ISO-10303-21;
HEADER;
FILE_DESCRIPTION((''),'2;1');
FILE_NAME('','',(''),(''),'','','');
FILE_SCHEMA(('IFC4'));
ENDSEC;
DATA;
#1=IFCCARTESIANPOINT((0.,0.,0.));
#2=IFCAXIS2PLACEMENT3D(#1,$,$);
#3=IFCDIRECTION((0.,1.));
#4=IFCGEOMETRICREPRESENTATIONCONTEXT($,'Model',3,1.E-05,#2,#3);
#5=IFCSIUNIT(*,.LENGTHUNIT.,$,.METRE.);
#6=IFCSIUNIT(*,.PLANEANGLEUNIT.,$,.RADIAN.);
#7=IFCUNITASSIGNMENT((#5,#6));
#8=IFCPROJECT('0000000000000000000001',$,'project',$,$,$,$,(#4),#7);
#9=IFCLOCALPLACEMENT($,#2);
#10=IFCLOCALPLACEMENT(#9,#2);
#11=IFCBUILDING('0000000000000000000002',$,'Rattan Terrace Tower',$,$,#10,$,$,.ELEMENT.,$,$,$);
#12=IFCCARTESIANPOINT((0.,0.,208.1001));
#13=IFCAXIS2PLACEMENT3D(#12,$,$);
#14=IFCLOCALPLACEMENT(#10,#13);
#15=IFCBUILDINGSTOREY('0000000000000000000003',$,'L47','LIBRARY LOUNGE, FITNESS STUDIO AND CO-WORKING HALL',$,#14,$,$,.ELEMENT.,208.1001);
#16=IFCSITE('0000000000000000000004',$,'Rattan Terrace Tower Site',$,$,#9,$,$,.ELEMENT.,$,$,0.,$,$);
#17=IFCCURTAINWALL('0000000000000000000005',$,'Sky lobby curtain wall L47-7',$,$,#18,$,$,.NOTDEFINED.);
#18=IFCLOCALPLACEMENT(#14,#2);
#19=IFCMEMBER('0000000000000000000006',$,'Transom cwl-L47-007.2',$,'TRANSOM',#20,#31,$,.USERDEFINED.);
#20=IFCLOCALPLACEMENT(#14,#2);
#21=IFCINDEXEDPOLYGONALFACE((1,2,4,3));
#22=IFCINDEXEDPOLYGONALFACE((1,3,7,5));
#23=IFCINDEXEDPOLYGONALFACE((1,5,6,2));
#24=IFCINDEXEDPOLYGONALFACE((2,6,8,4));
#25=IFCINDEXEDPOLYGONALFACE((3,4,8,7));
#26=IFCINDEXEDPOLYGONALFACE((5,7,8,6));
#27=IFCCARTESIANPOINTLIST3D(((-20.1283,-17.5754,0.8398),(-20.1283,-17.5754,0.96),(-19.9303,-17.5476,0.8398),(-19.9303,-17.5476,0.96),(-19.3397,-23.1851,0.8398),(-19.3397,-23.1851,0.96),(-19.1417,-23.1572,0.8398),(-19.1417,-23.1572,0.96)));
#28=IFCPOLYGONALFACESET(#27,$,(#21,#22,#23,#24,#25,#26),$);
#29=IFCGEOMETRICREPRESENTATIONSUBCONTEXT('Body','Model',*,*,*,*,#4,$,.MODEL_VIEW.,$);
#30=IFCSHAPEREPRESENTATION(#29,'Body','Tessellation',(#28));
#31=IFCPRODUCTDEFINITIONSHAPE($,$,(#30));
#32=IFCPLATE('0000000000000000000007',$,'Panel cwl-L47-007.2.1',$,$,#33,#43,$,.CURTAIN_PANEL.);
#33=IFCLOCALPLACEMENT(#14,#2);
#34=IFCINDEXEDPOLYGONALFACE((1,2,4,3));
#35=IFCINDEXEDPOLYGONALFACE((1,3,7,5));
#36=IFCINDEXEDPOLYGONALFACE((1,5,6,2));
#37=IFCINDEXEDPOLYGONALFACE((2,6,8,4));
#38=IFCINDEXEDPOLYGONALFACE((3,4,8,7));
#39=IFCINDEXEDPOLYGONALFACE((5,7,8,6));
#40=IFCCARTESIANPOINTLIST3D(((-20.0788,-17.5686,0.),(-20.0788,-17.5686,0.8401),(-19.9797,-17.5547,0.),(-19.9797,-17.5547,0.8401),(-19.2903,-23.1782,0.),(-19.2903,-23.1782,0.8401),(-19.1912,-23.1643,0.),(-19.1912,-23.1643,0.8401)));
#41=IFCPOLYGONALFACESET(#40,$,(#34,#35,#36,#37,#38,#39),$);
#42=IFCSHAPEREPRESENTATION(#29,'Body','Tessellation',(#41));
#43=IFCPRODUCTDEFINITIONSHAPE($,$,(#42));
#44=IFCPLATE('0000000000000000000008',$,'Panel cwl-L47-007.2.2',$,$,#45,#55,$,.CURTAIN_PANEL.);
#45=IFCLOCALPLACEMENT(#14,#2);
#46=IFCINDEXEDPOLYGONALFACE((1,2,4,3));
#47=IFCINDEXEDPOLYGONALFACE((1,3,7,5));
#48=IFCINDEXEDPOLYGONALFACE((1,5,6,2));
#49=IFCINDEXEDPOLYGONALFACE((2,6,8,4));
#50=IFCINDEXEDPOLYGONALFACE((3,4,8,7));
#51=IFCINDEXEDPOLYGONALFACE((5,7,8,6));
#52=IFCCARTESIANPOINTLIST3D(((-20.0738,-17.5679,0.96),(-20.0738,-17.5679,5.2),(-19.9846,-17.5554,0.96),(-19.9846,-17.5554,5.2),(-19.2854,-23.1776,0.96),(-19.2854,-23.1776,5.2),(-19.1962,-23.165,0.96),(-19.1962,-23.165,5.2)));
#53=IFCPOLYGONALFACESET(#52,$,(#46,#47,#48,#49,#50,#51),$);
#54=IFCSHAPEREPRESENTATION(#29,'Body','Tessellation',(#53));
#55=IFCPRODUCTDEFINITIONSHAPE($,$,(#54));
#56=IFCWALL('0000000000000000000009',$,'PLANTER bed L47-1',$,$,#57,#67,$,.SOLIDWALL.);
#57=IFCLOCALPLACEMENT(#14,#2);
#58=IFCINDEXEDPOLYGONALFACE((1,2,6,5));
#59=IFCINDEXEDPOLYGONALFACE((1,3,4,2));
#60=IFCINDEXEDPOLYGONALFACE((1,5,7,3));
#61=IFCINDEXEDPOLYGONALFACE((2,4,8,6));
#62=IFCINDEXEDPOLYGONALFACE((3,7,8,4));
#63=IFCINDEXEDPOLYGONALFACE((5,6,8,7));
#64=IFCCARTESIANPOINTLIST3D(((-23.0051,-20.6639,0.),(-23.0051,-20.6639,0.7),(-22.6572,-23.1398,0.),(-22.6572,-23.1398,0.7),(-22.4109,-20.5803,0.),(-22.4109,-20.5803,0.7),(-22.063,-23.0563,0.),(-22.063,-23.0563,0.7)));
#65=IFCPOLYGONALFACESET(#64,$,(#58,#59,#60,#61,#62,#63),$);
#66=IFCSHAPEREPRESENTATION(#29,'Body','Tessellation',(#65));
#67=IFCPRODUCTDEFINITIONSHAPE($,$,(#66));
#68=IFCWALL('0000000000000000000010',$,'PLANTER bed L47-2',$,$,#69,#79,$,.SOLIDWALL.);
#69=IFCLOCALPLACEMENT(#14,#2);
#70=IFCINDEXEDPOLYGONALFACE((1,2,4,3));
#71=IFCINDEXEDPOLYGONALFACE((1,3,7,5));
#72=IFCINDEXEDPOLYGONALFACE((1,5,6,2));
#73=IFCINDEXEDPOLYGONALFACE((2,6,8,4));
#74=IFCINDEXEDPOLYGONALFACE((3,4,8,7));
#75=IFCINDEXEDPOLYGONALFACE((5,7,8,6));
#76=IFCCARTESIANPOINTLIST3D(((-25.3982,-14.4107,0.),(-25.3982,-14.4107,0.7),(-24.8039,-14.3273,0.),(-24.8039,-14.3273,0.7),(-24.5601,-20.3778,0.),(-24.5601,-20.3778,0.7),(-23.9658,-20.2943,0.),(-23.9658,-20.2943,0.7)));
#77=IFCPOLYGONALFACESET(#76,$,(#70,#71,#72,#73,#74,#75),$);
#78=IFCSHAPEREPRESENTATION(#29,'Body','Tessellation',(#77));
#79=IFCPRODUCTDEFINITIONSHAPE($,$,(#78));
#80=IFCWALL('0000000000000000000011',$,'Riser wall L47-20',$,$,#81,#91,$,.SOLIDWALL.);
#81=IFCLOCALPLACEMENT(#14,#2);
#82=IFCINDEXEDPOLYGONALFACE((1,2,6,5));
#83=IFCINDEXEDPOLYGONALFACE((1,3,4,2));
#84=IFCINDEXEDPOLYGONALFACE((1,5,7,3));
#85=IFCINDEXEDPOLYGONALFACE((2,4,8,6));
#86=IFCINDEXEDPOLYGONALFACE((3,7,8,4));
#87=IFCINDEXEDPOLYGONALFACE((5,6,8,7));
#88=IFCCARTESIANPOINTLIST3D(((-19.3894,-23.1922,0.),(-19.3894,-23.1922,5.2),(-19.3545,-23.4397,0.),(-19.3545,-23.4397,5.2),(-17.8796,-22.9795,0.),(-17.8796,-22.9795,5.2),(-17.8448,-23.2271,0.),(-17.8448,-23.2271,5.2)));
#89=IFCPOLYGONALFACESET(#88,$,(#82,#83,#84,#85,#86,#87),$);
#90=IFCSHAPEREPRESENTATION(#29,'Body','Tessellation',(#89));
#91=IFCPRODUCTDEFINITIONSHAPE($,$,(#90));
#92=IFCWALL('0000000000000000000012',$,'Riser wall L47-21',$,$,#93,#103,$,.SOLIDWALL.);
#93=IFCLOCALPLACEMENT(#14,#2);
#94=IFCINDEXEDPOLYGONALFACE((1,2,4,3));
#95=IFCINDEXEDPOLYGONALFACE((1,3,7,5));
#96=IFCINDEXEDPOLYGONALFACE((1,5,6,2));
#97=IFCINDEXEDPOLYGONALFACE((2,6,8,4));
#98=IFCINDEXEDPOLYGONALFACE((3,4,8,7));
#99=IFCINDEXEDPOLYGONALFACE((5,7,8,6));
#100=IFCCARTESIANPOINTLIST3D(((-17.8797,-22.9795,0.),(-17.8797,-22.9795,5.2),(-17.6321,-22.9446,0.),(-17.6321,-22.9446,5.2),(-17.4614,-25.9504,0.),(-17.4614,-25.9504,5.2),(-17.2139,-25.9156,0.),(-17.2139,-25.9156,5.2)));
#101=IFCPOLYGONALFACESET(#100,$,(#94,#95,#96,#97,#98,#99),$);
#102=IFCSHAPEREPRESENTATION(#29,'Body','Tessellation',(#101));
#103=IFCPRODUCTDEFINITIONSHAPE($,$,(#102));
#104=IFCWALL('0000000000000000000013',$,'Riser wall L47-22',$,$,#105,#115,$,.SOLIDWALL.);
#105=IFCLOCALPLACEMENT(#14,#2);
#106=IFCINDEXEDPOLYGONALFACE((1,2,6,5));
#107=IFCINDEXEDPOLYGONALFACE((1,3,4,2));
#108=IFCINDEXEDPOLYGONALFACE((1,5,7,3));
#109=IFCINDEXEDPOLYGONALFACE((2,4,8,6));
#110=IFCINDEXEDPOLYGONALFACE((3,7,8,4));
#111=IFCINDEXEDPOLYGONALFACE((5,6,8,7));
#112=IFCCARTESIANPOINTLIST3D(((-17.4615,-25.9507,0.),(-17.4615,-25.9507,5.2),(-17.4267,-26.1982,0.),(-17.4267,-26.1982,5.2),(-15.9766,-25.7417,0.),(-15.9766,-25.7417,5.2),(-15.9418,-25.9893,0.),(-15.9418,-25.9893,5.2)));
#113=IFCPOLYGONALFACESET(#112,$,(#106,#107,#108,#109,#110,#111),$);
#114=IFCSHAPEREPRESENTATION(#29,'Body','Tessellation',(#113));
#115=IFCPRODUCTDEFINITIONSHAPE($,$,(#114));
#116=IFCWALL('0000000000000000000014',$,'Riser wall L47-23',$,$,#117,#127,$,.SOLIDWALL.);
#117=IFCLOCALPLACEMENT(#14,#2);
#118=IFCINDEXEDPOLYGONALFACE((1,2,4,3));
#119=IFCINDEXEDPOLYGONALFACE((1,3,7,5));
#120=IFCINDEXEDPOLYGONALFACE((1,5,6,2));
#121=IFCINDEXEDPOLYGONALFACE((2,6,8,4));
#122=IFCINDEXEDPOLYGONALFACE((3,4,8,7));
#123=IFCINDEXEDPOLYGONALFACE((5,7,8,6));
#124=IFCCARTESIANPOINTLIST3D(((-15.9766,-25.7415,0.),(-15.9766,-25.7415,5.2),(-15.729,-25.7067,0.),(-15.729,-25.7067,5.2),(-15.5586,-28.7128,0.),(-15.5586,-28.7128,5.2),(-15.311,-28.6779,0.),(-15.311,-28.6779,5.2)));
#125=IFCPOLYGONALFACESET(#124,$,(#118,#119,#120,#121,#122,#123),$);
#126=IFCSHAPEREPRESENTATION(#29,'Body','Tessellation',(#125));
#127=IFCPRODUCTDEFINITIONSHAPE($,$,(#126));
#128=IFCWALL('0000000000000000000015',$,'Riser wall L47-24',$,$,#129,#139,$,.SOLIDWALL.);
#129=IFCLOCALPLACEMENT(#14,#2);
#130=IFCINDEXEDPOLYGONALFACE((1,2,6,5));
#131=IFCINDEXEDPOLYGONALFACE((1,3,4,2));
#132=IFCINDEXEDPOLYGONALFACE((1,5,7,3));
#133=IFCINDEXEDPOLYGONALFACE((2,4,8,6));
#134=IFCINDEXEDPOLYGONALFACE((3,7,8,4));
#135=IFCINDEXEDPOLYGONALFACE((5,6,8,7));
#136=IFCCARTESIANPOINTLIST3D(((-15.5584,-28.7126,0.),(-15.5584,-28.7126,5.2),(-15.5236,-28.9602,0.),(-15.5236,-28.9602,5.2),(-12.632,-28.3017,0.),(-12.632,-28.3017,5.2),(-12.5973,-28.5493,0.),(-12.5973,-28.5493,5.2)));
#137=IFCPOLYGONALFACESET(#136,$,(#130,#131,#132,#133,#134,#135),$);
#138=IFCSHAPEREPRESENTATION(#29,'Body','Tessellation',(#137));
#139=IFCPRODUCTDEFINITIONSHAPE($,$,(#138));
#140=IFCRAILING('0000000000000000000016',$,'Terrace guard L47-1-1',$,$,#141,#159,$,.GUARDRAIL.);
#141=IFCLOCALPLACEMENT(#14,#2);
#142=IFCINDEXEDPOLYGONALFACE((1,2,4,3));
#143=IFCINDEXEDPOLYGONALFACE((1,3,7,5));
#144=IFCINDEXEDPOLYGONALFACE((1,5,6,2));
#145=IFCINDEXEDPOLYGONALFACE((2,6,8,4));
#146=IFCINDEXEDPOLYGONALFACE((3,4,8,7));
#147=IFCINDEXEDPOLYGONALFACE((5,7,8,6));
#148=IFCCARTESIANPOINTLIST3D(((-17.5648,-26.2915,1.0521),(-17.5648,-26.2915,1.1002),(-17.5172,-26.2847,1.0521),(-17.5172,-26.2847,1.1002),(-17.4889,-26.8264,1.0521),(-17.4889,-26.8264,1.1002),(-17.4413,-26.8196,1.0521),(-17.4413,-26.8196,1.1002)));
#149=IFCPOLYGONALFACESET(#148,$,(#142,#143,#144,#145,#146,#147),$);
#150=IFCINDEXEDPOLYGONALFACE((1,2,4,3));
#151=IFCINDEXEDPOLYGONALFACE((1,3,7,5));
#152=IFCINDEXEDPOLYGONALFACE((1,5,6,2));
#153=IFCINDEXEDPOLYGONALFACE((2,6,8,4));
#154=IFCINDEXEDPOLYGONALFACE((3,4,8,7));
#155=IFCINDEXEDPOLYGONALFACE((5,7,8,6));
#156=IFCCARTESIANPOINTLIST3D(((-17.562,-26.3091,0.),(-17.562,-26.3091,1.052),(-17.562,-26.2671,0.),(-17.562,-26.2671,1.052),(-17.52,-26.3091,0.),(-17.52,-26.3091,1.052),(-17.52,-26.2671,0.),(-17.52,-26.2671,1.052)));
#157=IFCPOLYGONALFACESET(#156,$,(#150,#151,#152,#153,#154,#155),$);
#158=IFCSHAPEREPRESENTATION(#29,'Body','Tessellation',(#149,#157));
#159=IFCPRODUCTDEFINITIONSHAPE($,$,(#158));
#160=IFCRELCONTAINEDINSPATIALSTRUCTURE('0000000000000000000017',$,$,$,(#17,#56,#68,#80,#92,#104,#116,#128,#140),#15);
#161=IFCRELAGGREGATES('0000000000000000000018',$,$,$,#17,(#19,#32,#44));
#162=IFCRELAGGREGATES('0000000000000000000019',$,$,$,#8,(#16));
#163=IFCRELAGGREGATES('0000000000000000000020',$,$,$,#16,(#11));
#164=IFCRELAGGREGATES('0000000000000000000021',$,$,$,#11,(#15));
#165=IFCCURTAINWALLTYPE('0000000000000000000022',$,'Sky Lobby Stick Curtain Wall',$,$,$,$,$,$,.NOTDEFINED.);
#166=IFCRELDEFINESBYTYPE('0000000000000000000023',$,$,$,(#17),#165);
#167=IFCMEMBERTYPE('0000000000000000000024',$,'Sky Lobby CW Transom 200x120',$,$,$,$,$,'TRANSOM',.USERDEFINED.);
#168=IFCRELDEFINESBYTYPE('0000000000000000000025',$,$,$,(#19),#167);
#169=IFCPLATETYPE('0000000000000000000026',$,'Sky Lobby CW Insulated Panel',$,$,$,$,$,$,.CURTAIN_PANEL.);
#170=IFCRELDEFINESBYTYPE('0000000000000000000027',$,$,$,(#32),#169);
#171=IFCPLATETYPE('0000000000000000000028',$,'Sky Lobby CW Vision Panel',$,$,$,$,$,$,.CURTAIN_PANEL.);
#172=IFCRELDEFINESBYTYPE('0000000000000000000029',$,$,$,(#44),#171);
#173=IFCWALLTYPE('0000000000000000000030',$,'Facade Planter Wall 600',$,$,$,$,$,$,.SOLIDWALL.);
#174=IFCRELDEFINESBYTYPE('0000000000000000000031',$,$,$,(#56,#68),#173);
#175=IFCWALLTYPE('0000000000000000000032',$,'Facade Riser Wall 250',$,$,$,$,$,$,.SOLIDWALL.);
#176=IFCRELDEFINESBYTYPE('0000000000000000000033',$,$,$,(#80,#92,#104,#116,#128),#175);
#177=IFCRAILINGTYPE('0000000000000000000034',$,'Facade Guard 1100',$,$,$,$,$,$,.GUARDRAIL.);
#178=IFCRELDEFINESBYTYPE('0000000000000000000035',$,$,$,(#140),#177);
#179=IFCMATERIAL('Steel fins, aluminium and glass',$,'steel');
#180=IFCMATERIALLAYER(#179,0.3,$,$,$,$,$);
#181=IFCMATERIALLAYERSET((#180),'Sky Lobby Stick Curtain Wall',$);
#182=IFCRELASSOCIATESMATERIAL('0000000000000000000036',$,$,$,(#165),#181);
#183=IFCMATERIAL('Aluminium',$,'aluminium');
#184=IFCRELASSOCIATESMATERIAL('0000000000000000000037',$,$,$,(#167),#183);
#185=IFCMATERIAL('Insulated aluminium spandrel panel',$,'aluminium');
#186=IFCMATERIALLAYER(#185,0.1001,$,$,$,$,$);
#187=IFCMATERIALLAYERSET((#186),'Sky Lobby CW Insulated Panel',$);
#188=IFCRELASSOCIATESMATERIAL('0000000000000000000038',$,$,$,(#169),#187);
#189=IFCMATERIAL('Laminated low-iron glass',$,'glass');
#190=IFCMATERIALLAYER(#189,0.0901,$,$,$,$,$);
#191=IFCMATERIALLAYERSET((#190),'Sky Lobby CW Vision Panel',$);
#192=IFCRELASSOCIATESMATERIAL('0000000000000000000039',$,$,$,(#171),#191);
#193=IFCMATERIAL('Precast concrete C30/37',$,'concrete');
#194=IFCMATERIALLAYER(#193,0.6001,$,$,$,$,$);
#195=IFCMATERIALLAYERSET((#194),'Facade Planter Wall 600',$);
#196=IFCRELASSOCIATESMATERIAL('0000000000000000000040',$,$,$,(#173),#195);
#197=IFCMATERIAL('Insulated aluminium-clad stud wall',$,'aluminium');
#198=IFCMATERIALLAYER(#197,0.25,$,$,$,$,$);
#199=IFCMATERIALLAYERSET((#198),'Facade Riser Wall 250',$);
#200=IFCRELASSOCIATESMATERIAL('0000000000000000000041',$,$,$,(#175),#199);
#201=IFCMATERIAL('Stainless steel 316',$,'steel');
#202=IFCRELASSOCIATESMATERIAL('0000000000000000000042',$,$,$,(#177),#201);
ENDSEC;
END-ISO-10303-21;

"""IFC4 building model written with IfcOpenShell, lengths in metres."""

from ifc_helpers import new_model, si_unit, direction, frame, frame_2d, origin, origin_2d, place, context, subcontext, project, spatial, rectangle, extrude, material, layer, layer_set, material_profile, profile_set, type_object, element, aggregate, save


model = new_model("IFC4")

# Units and contexts
model_context = context("Model", 3, precision=1e-05, world=origin(), true_north=direction((0.0, 1.0)))
body_context = subcontext(model_context, "Body", "Model", "MODEL_VIEW")
ifc_project = project(units=[si_unit("LENGTHUNIT", "METRE"), si_unit("PLANEANGLEUNIT", "RADIAN")], contexts=[model_context])

# Site, building, storey
site_placement = place(None, origin())
site = spatial("IfcSite", under=ifc_project, at=site_placement, Name="Rattan Terrace Tower Site", CompositionType="ELEMENT", RefElevation=0.0)
building_placement = place(site_placement, origin())
building = spatial("IfcBuilding", under=site, at=building_placement, Name="Rattan Terrace Tower", CompositionType="ELEMENT")
storey_placement = place(building_placement, frame((0.0, 0.0, 208.1001)))
storey = spatial("IfcBuildingStorey", under=building, at=storey_placement, Name="L47", Description="LIBRARY LOUNGE, FITNESS STUDIO AND CO-WORKING HALL", CompositionType="ELEMENT", Elevation=208.1001)

# Curtain wall, member, plates
ifc_material_1 = material(Name="Steel fins, aluminium and glass", Category="steel")
ifc_layer_1 = layer(ifc_material_1, 0.3)
ifc_layer_set_1 = layer_set([ifc_layer_1], Name="Sky Lobby Stick Curtain Wall")
curtain_wall_type = type_object("IfcCurtainWallType", Name="Sky Lobby Stick Curtain Wall", PredefinedType="NOTDEFINED", material=ifc_layer_set_1)
curtain_wall_placement = place(storey_placement, origin())
curtain_wall = element("IfcCurtainWall", 1, at=curtain_wall_placement, inside=storey, type_object=curtain_wall_type, Name="Sky lobby curtain wall L47-7", PredefinedType="NOTDEFINED")
ifc_material_2 = material(Name="Aluminium", Category="aluminium")
ifc_material_profile = material_profile(ifc_material_2, rectangle(XDim=0.2, YDim=0.1201, at=origin_2d()), Name="Aluminium 200x120")
ifc_profile_set = profile_set([ifc_material_profile], Name="Aluminium")
member_type = type_object("IfcMemberType", Name="Sky Lobby CW Transom 200x120", ElementType="TRANSOM", PredefinedType="USERDEFINED", material=ifc_profile_set)
member_placement = place(storey_placement, frame((-20.0293, -17.5615, 0.8999), z_axis=(0.139207, -0.990263, 0.0), x_axis=(0.990263, 0.139207, 0.0)))
member = element("IfcMember", 2, at=member_placement, type_object=member_type, Name="Transom cwl-L47-007.2", ObjectType="TRANSOM", PredefinedType="USERDEFINED", context=body_context, shape_type="SweptSolid", body=[
    extrude(rectangle(XDim=0.2, YDim=0.1201, at=origin_2d()), origin(), (0.0, 0.0, 1.0), 5.6648),
])
ifc_material_3 = material(Name="Insulated aluminium spandrel panel", Category="aluminium")
ifc_layer_2 = layer(ifc_material_3, 0.1001)
ifc_layer_set_2 = layer_set([ifc_layer_2], Name="Sky Lobby CW Insulated Panel")
plate_type_1 = type_object("IfcPlateType", Name="Sky Lobby CW Insulated Panel", PredefinedType="CURTAIN_PANEL", material=ifc_layer_set_2)
plate_1_placement = place(storey_placement, frame((-19.635, -20.3665, 0.0), z_axis=(0.0, 0.0, 1.0), x_axis=(0.139186, -0.990266, 0.0)))
plate_1 = element("IfcPlate", 3, at=plate_1_placement, type_object=plate_type_1, Name="Panel cwl-L47-007.2.1", PredefinedType="CURTAIN_PANEL", context=body_context, shape_type="SweptSolid", body=[
    extrude(rectangle(XDim=5.6648, YDim=0.1001, at=origin_2d()), origin(), (0.0, 0.0, 1.0), 0.8401),
])
ifc_material_4 = material(Name="Laminated low-iron glass", Category="glass")
ifc_layer_3 = layer(ifc_material_4, 0.0901)
ifc_layer_set_3 = layer_set([ifc_layer_3], Name="Sky Lobby CW Vision Panel")
plate_type_2 = type_object("IfcPlateType", Name="Sky Lobby CW Vision Panel", PredefinedType="CURTAIN_PANEL", material=ifc_layer_set_3)
plate_2_placement = place(storey_placement, frame((-19.635, -20.3665, 0.96), z_axis=(0.0, 0.0, 1.0), x_axis=(0.139186, -0.990266, 0.0)))
plate_2 = element("IfcPlate", 4, at=plate_2_placement, type_object=plate_type_2, Name="Panel cwl-L47-007.2.2", PredefinedType="CURTAIN_PANEL", context=body_context, shape_type="SweptSolid", body=[
    extrude(rectangle(XDim=5.6648, YDim=0.0901, at=origin_2d()), origin(), (0.0, 0.0, 1.0), 4.24),
])
aggregate(curtain_wall, [member, plate_1, plate_2])

# Walls
ifc_material_5 = material(Name="Precast concrete C30/37", Category="concrete")
ifc_layer_4 = layer(ifc_material_5, 0.6001)
ifc_layer_set_4 = layer_set([ifc_layer_4], Name="Facade Planter Wall 600")
wall_type_1 = type_object("IfcWallType", Name="Facade Planter Wall 600", PredefinedType="SOLIDWALL", material=ifc_layer_set_4)
wall_1_placement = place(storey_placement, frame((-22.3601, -23.0979, 0.0), z_axis=(0.0, 0.0, 1.0), x_axis=(-0.139152, 0.990271, 0.0)))
element("IfcWall", 5, at=wall_1_placement, inside=storey, type_object=wall_type_1, Name="PLANTER bed L47-1", PredefinedType="SOLIDWALL", context=body_context, shape_type="SweptSolid", body=[
    extrude(rectangle(XDim=2.5002, YDim=0.6001, at=frame_2d((1.25, 0.0))), origin(), (0.0, 0.0, 1.0), 0.7),
])
wall_2_placement = place(storey_placement, frame((-24.2629, -20.3359, 0.0), z_axis=(0.0, 0.0, 1.0), x_axis=(-0.139095, 0.990279, 0.0)))
element("IfcWall", 6, at=wall_2_placement, inside=storey, type_object=wall_type_1, Name="PLANTER bed L47-2", PredefinedType="SOLIDWALL", context=body_context, shape_type="SweptSolid", body=[
    extrude(rectangle(XDim=6.0256, YDim=0.6001, at=frame_2d((3.0127, 0.0))), origin(), (0.0, 0.0, 1.0), 0.7),
])
ifc_material_6 = material(Name="Insulated aluminium-clad stud wall", Category="aluminium")
ifc_layer_5 = layer(ifc_material_6, 0.25)
ifc_layer_set_5 = layer_set([ifc_layer_5], Name="Facade Riser Wall 250")
wall_type_2 = type_object("IfcWallType", Name="Facade Riser Wall 250", PredefinedType="SOLIDWALL", material=ifc_layer_set_5)
wall_3_placement = place(storey_placement, frame((-19.3718, -23.3159, 0.0), z_axis=(0.0, 0.0, 1.0), x_axis=(0.990226, 0.139471, 0.0)))
element("IfcWall", 7, at=wall_3_placement, inside=storey, type_object=wall_type_2, Name="Riser wall L47-20", PredefinedType="SOLIDWALL", context=body_context, shape_type="SweptSolid", body=[
    extrude(rectangle(XDim=1.5247, YDim=0.25, at=frame_2d((0.7622, 0.0))), origin(), (0.0, 0.0, 1.0), 5.2),
])
wall_4_placement = place(storey_placement, frame((-17.7559, -22.9622, 0.0), z_axis=(0.0, 0.0, 1.0), x_axis=(0.139393, -0.990237, 0.0)))
element("IfcWall", 8, at=wall_4_placement, inside=storey, type_object=wall_type_2, Name="Riser wall L47-21", PredefinedType="SOLIDWALL", context=body_context, shape_type="SweptSolid", body=[
    extrude(rectangle(XDim=3.0002, YDim=0.25, at=frame_2d((1.5, 0.0))), origin(), (0.0, 0.0, 1.0), 5.2),
])
wall_5_placement = place(storey_placement, frame((-17.4441, -26.0745, 0.0), z_axis=(0.0, 0.0, 1.0), x_axis=(0.99024, 0.13937, 0.0)))
element("IfcWall", 9, at=wall_5_placement, inside=storey, type_object=wall_type_2, Name="Riser wall L47-22", PredefinedType="SOLIDWALL", context=body_context, shape_type="SweptSolid", body=[
    extrude(rectangle(XDim=1.4995, YDim=0.25, at=frame_2d((0.7498, 0.0))), origin(), (0.0, 0.0, 1.0), 5.2),
])
wall_6_placement = place(storey_placement, frame((-15.8528, -25.7241, 0.0), z_axis=(0.0, 0.0, 1.0), x_axis=(0.139302, -0.99025, 0.0)))
element("IfcWall", 10, at=wall_6_placement, inside=storey, type_object=wall_type_2, Name="Riser wall L47-23", PredefinedType="SOLIDWALL", context=body_context, shape_type="SweptSolid", body=[
    extrude(rectangle(XDim=3.0005, YDim=0.25, at=frame_2d((1.5002, 0.0))), origin(), (0.0, 0.0, 1.0), 5.2),
])
wall_7_placement = place(storey_placement, frame((-15.541, -28.8364, 0.0), z_axis=(0.0, 0.0, 1.0), x_axis=(0.990285, 0.13905, 0.0)))
element("IfcWall", 11, at=wall_7_placement, inside=storey, type_object=wall_type_2, Name="Riser wall L47-24", PredefinedType="SOLIDWALL", context=body_context, shape_type="SweptSolid", body=[
    extrude(rectangle(XDim=2.9551, YDim=0.25, at=frame_2d((1.4775, 0.0))), origin(), (0.0, 0.0, 1.0), 5.2),
])

# Railing
ifc_material_7 = material(Name="Stainless steel 316", Category="steel")
railing_type = type_object("IfcRailingType", Name="Facade Guard 1100", PredefinedType="GUARDRAIL", material=ifc_material_7)
railing_1_placement = place(storey_placement, frame((-17.541, -26.2881, 0.0)))
element("IfcRailing", 12, at=railing_1_placement, inside=storey, type_object=railing_type, Name="Terrace guard L47-1-1", PredefinedType="GUARDRAIL", context=body_context, shape_type="SweptSolid", body=[
    extrude(rectangle(XDim=0.0481, YDim=0.0481, at=origin_2d()), frame((0.0, 0.0, 1.0762), z_axis=(0.140536, -0.990076, 0.0), x_axis=(0.990076, 0.140536, 0.0)), (0.0, 0.0, 1.0), 0.5403),
    extrude(rectangle(XDim=0.042, YDim=0.042, at=origin_2d()), origin(), (0.0, 0.0, 1.0), 1.052),
])

save(model, "model.ifc")
